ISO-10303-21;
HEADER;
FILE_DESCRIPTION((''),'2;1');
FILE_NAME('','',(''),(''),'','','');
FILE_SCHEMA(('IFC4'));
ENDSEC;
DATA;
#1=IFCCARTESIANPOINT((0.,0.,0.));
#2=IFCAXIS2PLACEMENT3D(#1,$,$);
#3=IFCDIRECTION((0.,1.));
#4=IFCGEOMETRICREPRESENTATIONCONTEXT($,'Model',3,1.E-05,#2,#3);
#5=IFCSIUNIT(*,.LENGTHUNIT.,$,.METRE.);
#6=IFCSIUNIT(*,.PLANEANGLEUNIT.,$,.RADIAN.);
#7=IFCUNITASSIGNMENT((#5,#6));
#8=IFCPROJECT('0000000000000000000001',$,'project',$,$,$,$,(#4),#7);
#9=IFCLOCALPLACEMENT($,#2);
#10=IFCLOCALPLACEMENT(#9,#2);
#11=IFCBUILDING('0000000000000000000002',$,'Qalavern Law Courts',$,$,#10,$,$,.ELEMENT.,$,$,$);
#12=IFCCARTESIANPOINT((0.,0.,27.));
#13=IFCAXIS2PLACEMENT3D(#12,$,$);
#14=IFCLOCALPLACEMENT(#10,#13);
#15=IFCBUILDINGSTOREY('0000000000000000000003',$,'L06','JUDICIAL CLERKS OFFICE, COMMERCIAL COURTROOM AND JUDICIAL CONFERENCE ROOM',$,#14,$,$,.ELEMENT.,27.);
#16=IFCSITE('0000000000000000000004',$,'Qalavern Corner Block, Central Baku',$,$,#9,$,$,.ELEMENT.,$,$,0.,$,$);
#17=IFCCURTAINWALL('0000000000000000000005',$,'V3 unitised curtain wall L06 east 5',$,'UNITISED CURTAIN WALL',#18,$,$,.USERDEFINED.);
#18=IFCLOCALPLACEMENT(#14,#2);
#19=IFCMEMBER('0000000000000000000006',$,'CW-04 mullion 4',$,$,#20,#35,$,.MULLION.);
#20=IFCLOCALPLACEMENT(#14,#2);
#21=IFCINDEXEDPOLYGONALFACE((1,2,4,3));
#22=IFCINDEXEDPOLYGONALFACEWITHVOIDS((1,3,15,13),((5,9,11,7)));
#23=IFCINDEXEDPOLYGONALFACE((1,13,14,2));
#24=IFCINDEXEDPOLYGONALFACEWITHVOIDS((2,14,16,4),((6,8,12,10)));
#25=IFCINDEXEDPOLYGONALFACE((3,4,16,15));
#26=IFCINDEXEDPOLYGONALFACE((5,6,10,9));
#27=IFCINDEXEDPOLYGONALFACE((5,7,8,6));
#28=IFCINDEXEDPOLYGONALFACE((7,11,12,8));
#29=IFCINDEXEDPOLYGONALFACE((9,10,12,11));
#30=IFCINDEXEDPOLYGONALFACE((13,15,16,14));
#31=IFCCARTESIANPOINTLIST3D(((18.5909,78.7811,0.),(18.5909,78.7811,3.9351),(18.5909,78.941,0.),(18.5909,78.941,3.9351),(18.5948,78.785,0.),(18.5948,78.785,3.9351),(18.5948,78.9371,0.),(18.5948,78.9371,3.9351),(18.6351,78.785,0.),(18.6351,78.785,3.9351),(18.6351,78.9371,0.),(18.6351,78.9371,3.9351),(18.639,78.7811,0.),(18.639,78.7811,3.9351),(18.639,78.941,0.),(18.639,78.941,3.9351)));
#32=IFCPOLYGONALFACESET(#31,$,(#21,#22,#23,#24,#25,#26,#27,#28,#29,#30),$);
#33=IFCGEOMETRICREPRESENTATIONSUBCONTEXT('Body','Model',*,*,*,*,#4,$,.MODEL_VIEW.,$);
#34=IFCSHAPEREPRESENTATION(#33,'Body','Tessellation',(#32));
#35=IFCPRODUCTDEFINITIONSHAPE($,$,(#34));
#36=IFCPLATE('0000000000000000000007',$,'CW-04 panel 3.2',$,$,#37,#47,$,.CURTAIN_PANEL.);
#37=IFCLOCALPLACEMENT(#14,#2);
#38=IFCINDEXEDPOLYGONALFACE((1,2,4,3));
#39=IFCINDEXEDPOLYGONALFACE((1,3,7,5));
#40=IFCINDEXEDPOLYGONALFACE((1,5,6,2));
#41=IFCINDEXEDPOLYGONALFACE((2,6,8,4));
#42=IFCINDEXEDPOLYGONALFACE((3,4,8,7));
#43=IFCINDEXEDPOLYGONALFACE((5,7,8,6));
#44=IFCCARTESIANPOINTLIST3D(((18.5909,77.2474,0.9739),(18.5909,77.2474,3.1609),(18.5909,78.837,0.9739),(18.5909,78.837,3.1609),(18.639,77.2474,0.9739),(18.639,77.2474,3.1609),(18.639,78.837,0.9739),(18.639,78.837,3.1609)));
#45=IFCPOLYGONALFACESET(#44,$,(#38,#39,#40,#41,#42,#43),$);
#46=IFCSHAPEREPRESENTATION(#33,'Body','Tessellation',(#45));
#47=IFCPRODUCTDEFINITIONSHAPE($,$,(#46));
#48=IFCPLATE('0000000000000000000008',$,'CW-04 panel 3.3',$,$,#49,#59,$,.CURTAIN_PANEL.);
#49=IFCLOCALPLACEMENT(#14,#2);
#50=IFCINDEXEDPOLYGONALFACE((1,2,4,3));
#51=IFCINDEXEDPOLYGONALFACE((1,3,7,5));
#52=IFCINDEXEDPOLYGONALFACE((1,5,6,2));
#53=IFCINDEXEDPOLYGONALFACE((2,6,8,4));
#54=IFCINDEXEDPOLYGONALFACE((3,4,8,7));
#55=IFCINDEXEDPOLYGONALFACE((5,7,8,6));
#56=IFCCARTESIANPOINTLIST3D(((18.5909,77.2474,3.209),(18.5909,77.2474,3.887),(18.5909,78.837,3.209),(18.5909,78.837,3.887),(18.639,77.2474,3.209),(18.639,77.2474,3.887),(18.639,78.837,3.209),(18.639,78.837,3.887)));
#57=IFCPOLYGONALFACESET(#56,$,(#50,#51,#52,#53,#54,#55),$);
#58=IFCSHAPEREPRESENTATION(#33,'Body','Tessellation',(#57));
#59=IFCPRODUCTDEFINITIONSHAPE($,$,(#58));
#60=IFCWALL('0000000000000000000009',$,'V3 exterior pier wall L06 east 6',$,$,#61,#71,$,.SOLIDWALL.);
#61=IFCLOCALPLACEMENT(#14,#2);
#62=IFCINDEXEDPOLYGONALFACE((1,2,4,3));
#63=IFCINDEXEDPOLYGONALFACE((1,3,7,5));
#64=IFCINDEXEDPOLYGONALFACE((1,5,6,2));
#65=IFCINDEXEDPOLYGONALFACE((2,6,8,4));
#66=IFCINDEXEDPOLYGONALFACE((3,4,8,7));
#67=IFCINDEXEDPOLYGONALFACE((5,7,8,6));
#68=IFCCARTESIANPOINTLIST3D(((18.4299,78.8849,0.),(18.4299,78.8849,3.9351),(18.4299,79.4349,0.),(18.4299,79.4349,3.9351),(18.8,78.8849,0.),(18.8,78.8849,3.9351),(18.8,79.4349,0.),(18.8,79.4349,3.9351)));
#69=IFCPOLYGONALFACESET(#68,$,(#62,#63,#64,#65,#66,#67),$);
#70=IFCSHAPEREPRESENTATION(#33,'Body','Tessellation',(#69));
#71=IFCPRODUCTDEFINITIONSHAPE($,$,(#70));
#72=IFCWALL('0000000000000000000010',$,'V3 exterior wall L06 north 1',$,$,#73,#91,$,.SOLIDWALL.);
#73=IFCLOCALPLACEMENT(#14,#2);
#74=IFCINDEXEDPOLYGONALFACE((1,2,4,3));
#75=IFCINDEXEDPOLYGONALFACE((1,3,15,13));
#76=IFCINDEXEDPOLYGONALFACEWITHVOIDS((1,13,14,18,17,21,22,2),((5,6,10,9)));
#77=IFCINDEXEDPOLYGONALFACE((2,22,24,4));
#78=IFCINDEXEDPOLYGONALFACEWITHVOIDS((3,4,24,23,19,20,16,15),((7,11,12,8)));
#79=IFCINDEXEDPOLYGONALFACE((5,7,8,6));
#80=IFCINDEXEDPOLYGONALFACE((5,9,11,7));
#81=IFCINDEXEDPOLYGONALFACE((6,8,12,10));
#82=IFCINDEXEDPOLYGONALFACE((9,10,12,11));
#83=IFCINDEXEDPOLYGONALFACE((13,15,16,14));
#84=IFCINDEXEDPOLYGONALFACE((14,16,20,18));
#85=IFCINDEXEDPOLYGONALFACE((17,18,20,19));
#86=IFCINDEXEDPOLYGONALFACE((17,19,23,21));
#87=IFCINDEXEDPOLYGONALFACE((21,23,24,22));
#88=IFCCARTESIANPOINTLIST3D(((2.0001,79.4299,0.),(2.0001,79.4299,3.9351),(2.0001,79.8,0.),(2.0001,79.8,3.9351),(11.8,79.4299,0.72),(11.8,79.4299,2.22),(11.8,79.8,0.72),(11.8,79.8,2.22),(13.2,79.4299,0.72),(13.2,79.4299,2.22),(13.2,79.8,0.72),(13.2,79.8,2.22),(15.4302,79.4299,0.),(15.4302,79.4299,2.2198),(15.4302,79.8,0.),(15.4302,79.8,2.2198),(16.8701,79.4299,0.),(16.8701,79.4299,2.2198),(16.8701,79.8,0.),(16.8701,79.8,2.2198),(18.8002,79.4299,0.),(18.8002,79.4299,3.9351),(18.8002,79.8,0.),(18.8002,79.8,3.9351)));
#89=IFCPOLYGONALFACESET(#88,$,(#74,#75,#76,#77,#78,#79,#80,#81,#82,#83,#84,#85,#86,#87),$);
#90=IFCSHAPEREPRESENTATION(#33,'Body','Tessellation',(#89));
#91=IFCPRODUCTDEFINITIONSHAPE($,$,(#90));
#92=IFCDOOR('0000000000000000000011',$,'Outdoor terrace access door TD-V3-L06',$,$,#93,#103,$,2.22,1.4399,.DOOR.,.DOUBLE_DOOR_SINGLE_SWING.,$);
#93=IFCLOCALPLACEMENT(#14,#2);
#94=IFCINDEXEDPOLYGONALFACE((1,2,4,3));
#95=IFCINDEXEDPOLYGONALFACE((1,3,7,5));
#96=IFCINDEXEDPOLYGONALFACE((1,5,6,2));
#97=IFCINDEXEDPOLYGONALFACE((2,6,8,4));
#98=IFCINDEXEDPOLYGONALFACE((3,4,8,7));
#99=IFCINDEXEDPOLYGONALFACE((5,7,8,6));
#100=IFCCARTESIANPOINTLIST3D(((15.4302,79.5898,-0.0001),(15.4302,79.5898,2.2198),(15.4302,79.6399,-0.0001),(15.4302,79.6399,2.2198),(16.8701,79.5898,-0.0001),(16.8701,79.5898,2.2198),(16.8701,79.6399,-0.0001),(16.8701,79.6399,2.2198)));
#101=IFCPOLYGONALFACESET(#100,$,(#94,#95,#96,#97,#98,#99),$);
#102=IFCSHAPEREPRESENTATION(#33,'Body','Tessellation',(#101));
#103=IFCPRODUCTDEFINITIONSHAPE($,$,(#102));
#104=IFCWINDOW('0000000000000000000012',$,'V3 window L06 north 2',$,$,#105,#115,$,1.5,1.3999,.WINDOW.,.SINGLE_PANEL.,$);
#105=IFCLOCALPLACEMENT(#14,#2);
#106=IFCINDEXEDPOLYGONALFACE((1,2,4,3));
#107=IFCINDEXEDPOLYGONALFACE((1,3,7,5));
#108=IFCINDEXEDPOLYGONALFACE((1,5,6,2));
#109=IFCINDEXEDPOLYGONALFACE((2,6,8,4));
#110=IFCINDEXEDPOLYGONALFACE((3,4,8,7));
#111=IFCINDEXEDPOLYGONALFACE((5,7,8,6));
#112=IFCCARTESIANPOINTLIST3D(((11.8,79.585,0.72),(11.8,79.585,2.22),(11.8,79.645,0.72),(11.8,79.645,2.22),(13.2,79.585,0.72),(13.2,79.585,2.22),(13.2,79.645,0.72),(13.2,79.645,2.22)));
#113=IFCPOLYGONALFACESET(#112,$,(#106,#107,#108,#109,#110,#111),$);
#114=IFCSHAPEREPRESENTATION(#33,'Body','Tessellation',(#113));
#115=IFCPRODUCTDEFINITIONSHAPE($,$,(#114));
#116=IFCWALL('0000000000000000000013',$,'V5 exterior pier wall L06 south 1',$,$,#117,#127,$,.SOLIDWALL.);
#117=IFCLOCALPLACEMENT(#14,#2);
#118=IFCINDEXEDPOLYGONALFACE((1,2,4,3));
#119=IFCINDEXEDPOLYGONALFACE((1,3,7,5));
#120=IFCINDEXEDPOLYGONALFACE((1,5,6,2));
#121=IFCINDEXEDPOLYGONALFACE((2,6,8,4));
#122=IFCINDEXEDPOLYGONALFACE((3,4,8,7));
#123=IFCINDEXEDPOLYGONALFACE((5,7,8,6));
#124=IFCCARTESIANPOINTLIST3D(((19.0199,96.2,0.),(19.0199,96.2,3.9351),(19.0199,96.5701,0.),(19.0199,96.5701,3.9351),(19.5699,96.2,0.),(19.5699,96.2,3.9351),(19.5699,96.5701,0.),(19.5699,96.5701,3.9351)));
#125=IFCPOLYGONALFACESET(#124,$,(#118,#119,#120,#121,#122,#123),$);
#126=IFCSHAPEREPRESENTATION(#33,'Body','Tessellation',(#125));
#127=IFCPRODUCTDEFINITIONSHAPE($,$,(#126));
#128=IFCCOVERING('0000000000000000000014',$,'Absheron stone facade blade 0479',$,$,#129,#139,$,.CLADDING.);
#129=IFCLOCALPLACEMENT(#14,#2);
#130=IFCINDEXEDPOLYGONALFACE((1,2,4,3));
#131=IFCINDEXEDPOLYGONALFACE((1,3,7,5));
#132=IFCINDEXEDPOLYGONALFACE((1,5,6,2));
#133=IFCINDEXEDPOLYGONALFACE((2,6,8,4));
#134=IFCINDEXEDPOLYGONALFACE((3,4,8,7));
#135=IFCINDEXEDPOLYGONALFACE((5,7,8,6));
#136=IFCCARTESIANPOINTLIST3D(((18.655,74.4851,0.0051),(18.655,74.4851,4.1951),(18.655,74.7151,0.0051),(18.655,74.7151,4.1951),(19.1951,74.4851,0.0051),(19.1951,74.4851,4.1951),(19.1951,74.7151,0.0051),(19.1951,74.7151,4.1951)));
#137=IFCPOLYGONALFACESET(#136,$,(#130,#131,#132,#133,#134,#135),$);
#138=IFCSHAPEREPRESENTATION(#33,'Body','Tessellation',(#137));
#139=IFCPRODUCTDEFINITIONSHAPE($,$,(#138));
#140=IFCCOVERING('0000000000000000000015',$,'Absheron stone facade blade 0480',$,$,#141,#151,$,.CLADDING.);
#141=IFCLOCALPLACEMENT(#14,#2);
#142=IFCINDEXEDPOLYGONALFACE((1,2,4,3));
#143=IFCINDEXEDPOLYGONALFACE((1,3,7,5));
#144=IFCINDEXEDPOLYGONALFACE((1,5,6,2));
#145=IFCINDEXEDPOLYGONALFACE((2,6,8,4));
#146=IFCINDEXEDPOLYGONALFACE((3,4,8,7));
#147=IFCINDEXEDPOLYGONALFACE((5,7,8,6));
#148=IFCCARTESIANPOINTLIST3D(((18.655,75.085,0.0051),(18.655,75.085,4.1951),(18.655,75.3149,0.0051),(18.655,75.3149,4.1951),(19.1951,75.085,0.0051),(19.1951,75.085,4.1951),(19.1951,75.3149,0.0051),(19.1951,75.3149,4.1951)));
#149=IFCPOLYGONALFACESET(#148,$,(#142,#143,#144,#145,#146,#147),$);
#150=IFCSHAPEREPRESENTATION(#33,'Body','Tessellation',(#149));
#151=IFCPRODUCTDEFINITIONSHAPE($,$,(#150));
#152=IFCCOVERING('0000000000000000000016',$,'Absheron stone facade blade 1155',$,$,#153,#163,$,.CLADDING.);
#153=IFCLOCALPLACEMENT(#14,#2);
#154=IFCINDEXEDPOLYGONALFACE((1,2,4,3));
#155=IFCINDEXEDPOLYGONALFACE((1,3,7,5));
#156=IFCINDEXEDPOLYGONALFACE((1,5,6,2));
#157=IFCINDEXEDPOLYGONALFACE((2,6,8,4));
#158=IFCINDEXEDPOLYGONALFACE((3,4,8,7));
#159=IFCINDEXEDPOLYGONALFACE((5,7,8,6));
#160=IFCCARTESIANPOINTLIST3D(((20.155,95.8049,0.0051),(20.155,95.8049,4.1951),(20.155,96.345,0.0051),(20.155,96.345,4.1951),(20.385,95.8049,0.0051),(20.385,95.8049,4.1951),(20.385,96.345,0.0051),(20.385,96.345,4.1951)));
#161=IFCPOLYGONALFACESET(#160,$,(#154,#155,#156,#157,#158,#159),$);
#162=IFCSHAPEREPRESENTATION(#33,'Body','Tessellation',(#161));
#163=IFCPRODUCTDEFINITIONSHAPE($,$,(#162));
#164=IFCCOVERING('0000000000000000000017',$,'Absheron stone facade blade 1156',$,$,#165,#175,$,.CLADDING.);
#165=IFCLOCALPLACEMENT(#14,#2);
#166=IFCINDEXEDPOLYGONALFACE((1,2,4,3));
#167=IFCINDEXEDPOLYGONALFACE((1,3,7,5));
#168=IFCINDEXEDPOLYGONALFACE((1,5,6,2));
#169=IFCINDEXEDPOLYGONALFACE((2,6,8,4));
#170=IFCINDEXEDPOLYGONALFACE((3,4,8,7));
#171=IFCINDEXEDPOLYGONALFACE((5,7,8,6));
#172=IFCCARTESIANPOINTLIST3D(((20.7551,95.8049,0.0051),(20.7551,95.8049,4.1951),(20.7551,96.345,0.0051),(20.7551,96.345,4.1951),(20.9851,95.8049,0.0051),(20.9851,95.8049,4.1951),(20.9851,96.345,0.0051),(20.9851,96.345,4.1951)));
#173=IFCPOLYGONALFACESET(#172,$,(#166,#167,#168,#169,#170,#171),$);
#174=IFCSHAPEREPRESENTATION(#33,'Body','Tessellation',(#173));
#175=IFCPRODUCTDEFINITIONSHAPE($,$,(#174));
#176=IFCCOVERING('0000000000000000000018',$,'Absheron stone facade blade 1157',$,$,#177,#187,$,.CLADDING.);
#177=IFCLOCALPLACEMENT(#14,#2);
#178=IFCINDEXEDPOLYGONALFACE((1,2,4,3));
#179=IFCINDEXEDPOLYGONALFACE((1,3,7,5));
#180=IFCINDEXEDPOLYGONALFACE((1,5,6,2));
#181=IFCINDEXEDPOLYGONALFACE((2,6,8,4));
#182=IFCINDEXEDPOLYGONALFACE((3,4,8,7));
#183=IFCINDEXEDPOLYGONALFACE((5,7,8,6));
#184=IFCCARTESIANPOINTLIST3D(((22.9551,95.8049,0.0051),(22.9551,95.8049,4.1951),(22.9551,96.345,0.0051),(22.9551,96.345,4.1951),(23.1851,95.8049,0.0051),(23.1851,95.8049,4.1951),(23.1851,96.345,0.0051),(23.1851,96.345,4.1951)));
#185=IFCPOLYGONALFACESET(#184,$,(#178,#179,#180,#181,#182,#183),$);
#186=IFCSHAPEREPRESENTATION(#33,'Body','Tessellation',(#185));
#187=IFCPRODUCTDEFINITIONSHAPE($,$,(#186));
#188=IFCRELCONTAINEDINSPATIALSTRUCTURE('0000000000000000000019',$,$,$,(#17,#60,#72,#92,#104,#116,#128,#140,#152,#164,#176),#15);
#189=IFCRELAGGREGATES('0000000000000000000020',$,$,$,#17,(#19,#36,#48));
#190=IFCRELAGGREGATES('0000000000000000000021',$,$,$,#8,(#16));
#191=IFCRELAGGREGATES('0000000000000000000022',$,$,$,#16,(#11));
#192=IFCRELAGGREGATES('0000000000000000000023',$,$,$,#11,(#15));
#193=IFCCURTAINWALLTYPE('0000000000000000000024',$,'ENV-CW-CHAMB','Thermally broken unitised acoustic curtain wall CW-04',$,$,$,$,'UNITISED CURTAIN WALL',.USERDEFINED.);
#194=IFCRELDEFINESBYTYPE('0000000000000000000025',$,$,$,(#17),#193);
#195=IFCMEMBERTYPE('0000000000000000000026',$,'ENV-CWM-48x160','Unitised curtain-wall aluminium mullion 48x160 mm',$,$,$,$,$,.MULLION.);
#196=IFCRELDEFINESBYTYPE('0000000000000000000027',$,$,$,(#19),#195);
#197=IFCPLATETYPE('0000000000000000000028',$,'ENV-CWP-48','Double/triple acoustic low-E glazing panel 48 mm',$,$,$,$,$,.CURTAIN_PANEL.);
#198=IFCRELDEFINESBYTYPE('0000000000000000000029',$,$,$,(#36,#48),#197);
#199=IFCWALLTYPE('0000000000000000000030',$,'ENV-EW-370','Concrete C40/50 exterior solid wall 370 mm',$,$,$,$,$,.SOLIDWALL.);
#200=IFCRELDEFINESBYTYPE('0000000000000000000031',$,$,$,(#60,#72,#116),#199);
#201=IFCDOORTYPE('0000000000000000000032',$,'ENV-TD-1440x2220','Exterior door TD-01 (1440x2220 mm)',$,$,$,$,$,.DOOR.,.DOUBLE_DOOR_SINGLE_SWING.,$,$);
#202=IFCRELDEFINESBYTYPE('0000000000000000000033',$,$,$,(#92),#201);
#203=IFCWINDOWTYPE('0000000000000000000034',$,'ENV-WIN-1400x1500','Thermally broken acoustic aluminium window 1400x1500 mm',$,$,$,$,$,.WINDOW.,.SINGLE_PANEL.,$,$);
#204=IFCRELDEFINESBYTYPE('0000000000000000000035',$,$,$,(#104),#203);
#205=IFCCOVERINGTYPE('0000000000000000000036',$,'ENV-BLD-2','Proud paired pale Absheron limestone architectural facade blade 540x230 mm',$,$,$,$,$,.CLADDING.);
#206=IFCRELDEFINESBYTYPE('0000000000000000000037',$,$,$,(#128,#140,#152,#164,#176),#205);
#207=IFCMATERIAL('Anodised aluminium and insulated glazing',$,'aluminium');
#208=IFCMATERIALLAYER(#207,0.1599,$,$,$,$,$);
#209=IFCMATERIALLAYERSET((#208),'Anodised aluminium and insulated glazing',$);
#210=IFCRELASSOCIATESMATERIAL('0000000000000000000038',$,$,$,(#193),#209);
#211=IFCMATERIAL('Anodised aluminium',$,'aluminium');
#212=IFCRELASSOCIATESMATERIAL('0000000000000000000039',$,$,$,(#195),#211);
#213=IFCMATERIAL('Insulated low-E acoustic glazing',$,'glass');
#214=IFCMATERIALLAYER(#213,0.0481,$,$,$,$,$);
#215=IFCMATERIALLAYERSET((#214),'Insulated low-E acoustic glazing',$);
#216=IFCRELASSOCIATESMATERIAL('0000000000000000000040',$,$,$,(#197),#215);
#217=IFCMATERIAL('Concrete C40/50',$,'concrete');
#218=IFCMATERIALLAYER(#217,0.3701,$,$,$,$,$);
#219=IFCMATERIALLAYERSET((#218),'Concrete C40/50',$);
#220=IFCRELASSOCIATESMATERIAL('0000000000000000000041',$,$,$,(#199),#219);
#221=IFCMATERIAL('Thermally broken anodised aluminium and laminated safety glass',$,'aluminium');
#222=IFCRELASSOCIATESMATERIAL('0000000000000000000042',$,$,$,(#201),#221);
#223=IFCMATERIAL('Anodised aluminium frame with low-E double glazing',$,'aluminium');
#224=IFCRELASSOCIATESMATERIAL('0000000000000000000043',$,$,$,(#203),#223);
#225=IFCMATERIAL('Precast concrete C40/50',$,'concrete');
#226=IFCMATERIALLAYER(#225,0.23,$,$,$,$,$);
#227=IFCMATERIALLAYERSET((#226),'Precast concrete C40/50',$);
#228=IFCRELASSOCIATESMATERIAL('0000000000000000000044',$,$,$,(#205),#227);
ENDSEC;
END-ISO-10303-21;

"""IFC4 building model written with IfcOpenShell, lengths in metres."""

from ifc_helpers import new_model, si_unit, direction, frame, frame_2d, origin, origin_2d, place, context, subcontext, project, spatial, rectangle, hollow_rectangle, extrude, material, layer, layer_set, material_profile, profile_set, type_object, element, fill, aggregate, save


model = new_model("IFC4")

# Units and contexts
model_context = context("Model", 3, precision=1e-05, world=origin(), true_north=direction((0.0, 1.0)))
body_context = subcontext(model_context, "Body", "Model", "MODEL_VIEW")
ifc_project = project(units=[si_unit("LENGTHUNIT", "METRE"), si_unit("PLANEANGLEUNIT", "RADIAN")], contexts=[model_context])

# Site, building, storey
site_placement = place(None, origin())
site = spatial("IfcSite", under=ifc_project, at=site_placement, Name="Qalavern Corner Block, Central Baku", CompositionType="ELEMENT", RefElevation=0.0)
building_placement = place(site_placement, origin())
building = spatial("IfcBuilding", under=site, at=building_placement, Name="Qalavern Law Courts", CompositionType="ELEMENT")
storey_placement = place(building_placement, frame((0.0, 0.0, 27.0)))
storey = spatial("IfcBuildingStorey", under=building, at=storey_placement, Name="L06", Description="JUDICIAL CLERKS OFFICE, COMMERCIAL COURTROOM AND JUDICIAL CONFERENCE ROOM", CompositionType="ELEMENT", Elevation=27.0)

# Curtain wall, member, plates
ifc_material_1 = material(Name="Anodised aluminium and insulated glazing", Category="aluminium")
ifc_layer_1 = layer(ifc_material_1, 0.1599)
ifc_layer_set_1 = layer_set([ifc_layer_1], Name="Anodised aluminium and insulated glazing")
curtain_wall_type = type_object("IfcCurtainWallType", Name="ENV-CW-CHAMB", Description="Thermally broken unitised acoustic curtain wall CW-04", ElementType="UNITISED CURTAIN WALL", PredefinedType="USERDEFINED", material=ifc_layer_set_1)
curtain_wall_placement = place(storey_placement, origin())
curtain_wall = element("IfcCurtainWall", 1, at=curtain_wall_placement, inside=storey, type_object=curtain_wall_type, Name="V3 unitised curtain wall L06 east 5", ObjectType="UNITISED CURTAIN WALL", PredefinedType="USERDEFINED")
ifc_material_2 = material(Name="Anodised aluminium", Category="aluminium")
ifc_material_profile = material_profile(ifc_material_2, hollow_rectangle(XDim=0.0481, YDim=0.1599, WallThickness=0.0039, at=origin_2d()), Name="ALU MULLION 48x160")
ifc_profile_set = profile_set([ifc_material_profile], Name="Anodised aluminium")
member_type = type_object("IfcMemberType", Name="ENV-CWM-48x160", Description="Unitised curtain-wall aluminium mullion 48x160 mm", PredefinedType="MULLION", material=ifc_profile_set)
member_placement = place(storey_placement, frame((18.615, 78.8611, 0.0), z_axis=(0.0, 0.0, 1.0), x_axis=(-1.0, 0.0, 0.0)))
member = element("IfcMember", 2, at=member_placement, type_object=member_type, Name="CW-04 mullion 4", PredefinedType="MULLION", context=body_context, shape_type="SweptSolid", body=[
    extrude(hollow_rectangle(XDim=0.0481, YDim=0.1599, WallThickness=0.0039, at=origin_2d()), origin(), (0.0, 0.0, 1.0), 3.9351),
])
ifc_material_3 = material(Name="Insulated low-E acoustic glazing", Category="glass")
ifc_layer_2 = layer(ifc_material_3, 0.0481)
ifc_layer_set_2 = layer_set([ifc_layer_2], Name="Insulated low-E acoustic glazing")
plate_type = type_object("IfcPlateType", Name="ENV-CWP-48", Description="Double/triple acoustic low-E glazing panel 48 mm", PredefinedType="CURTAIN_PANEL", material=ifc_layer_set_2)
plate_1_placement = place(storey_placement, frame((18.615, 78.0422, 0.9739), z_axis=(0.0, 0.0, 1.0), x_axis=(0.0, 1.0, 0.0)))
plate_1 = element("IfcPlate", 3, at=plate_1_placement, type_object=plate_type, Name="CW-04 panel 3.2", PredefinedType="CURTAIN_PANEL", context=body_context, shape_type="SweptSolid", body=[
    extrude(rectangle(XDim=1.5896, YDim=0.0481, at=origin_2d()), origin(), (0.0, 0.0, 1.0), 2.187),
])
plate_2_placement = place(storey_placement, frame((18.615, 78.0422, 3.209), z_axis=(0.0, 0.0, 1.0), x_axis=(0.0, 1.0, 0.0)))
plate_2 = element("IfcPlate", 4, at=plate_2_placement, type_object=plate_type, Name="CW-04 panel 3.3", PredefinedType="CURTAIN_PANEL", context=body_context, shape_type="SweptSolid", body=[
    extrude(rectangle(XDim=1.5896, YDim=0.0481, at=origin_2d()), origin(), (0.0, 0.0, 1.0), 0.678),
])
aggregate(curtain_wall, [member, plate_1, plate_2])

# Wall
ifc_material_4 = material(Name="Concrete C40/50", Category="concrete")
ifc_layer_3 = layer(ifc_material_4, 0.3701)
ifc_layer_set_3 = layer_set([ifc_layer_3], Name="Concrete C40/50")
wall_type = type_object("IfcWallType", Name="ENV-EW-370", Description="Concrete C40/50 exterior solid wall 370 mm", PredefinedType="SOLIDWALL", material=ifc_layer_set_3)
wall_1_placement = place(storey_placement, frame((18.615, 78.885, 0.0), z_axis=(0.0, 0.0, 1.0), x_axis=(0.0, 1.0, 0.0)))
element("IfcWall", 5, at=wall_1_placement, inside=storey, type_object=wall_type, Name="V3 exterior pier wall L06 east 6", PredefinedType="SOLIDWALL", context=body_context, shape_type="SweptSolid", body=[
    extrude(rectangle(XDim=0.55, YDim=0.3701, at=frame_2d((0.2749, 0.0))), origin(), (0.0, 0.0, 1.0), 3.9351),
])

# Wall, openings, door, window
wall_2_placement = place(storey_placement, frame((18.8, 79.615, 0.0), z_axis=(0.0, 0.0, 1.0), x_axis=(-1.0, 0.0, 0.0)))
wall_2 = element("IfcWall", 6, at=wall_2_placement, inside=storey, type_object=wall_type, Name="V3 exterior wall L06 north 1", PredefinedType="SOLIDWALL", context=body_context, shape_type="SweptSolid", body=[
    extrude(rectangle(XDim=16.8, YDim=0.3701, at=frame_2d((8.3999, 0.0))), origin(), (0.0, 0.0, 1.0), 3.9351),
])
opening_1_placement = place(wall_2_placement, frame((1.9299, 0.0, 0.0)))
opening_1 = element("IfcOpeningElement", 7, at=opening_1_placement, cuts=wall_2, PredefinedType="OPENING", context=body_context, shape_type="SweptSolid", body=[
    extrude(rectangle(XDim=1.4399, YDim=2.22, at=frame_2d((0.72, 1.1099))), frame((0.0, 0.2, 0.0), z_axis=(0.0, -1.0, 0.0), x_axis=(1.0, 0.0, 0.0)), (0.0, 0.0, 1.0), 0.3999),
])
opening_2_placement = place(wall_2_placement, frame((5.6001, 0.0, 0.72)))
opening_2 = element("IfcOpeningElement", 8, at=opening_2_placement, cuts=wall_2, PredefinedType="OPENING", context=body_context, shape_type="SweptSolid", body=[
    extrude(rectangle(XDim=1.3999, YDim=1.5, at=frame_2d((0.7, 0.75))), frame((0.0, 0.2, 0.0), z_axis=(0.0, -1.0, 0.0), x_axis=(1.0, 0.0, 0.0)), (0.0, 0.0, 1.0), 0.3999),
])
ifc_material_5 = material(Name="Thermally broken anodised aluminium and laminated safety glass", Category="aluminium")
door_type = type_object("IfcDoorType", Name="ENV-TD-1440x2220", Description="Exterior door TD-01 (1440x2220 mm)", OperationType="DOUBLE_DOOR_SINGLE_SWING", PredefinedType="DOOR", material=ifc_material_5)
door_placement = place(opening_1_placement, frame((1.4399, 0.0, 0.0), z_axis=(0.0, 0.0, 1.0), x_axis=(-1.0, 0.0, 0.0)))
door = element("IfcDoor", 9, at=door_placement, inside=storey, type_object=door_type, Name="Outdoor terrace access door TD-V3-L06", OperationType="DOUBLE_DOOR_SINGLE_SWING", OverallHeight=2.22, OverallWidth=1.4399, PredefinedType="DOOR", context=body_context, shape_type="SweptSolid", body=[
    extrude(rectangle(XDim=1.4399, YDim=2.22, at=frame_2d((0.72, 1.1099))), frame((0.0, 0.0249, 0.0), z_axis=(0.0, -1.0, 0.0), x_axis=(1.0, 0.0, 0.0)), (0.0, 0.0, 1.0), 0.05),
])
fill(opening_1, door)
ifc_material_6 = material(Name="Anodised aluminium frame with low-E double glazing", Category="aluminium")
window_type = type_object("IfcWindowType", Name="ENV-WIN-1400x1500", Description="Thermally broken acoustic aluminium window 1400x1500 mm", PartitioningType="SINGLE_PANEL", PredefinedType="WINDOW", material=ifc_material_6)
window_placement = place(opening_2_placement, origin())
window = element("IfcWindow", 10, at=window_placement, inside=storey, type_object=window_type, Name="V3 window L06 north 2", OverallHeight=1.5, OverallWidth=1.3999, PartitioningType="SINGLE_PANEL", PredefinedType="WINDOW", context=body_context, shape_type="SweptSolid", body=[
    extrude(rectangle(XDim=1.3999, YDim=1.5, at=frame_2d((0.7, 0.75))), frame((0.0, 0.03, 0.0), z_axis=(0.0, -1.0, 0.0), x_axis=(1.0, 0.0, 0.0)), (0.0, 0.0, 1.0), 0.0601),
])
fill(opening_2, window)

# Wall
wall_3_placement = place(storey_placement, frame((19.02, 96.385, 0.0), z_axis=(0.0, 0.0, 1.0), x_axis=(1.0, 0.0, 0.0)))
element("IfcWall", 11, at=wall_3_placement, inside=storey, type_object=wall_type, Name="V5 exterior pier wall L06 south 1", PredefinedType="SOLIDWALL", context=body_context, shape_type="SweptSolid", body=[
    extrude(rectangle(XDim=0.55, YDim=0.3701, at=frame_2d((0.2749, 0.0))), origin(), (0.0, 0.0, 1.0), 3.9351),
])

# Coverings
ifc_material_7 = material(Name="Precast concrete C40/50", Category="concrete")
ifc_layer_4 = layer(ifc_material_7, 0.23)
ifc_layer_set_4 = layer_set([ifc_layer_4], Name="Precast concrete C40/50")
covering_type_1 = type_object("IfcCoveringType", Name="ENV-BLD-2", Description="Proud paired pale Absheron limestone architectural facade blade 540x230 mm", PredefinedType="CLADDING", material=ifc_layer_set_4)
for number, where, z_axis, x_axis, name in (
    (12, (18.925, 74.6001, 0.0051), (0.0, 0.0, 1.0), (1.0, 0.0, 0.0), "Absheron stone facade blade 0479"),
    (13, (18.925, 75.2, 0.0051), (0.0, 0.0, 1.0), (1.0, 0.0, 0.0), "Absheron stone facade blade 0480"),
    (14, (20.27, 96.075, 0.0051), (0.0, 0.0, 1.0), (0.0, -1.0, 0.0), "Absheron stone facade blade 1155"),
    (15, (20.8701, 96.075, 0.0051), (0.0, 0.0, 1.0), (0.0, -1.0, 0.0), "Absheron stone facade blade 1156"),
    (16, (23.0701, 96.075, 0.0051), (0.0, 0.0, 1.0), (0.0, -1.0, 0.0), "Absheron stone facade blade 1157"),
):
    element("IfcCovering", number, at=place(storey_placement, frame(where, z_axis=z_axis, x_axis=x_axis)), inside=storey, type_object=covering_type_1, Name=name, PredefinedType="CLADDING", context=body_context, shape_type="SweptSolid", body=[
        extrude(rectangle(XDim=0.54, YDim=0.23, at=origin_2d()), origin(), (0.0, 0.0, 1.0), 4.1899),
    ])

save(model, "model.ifc")
